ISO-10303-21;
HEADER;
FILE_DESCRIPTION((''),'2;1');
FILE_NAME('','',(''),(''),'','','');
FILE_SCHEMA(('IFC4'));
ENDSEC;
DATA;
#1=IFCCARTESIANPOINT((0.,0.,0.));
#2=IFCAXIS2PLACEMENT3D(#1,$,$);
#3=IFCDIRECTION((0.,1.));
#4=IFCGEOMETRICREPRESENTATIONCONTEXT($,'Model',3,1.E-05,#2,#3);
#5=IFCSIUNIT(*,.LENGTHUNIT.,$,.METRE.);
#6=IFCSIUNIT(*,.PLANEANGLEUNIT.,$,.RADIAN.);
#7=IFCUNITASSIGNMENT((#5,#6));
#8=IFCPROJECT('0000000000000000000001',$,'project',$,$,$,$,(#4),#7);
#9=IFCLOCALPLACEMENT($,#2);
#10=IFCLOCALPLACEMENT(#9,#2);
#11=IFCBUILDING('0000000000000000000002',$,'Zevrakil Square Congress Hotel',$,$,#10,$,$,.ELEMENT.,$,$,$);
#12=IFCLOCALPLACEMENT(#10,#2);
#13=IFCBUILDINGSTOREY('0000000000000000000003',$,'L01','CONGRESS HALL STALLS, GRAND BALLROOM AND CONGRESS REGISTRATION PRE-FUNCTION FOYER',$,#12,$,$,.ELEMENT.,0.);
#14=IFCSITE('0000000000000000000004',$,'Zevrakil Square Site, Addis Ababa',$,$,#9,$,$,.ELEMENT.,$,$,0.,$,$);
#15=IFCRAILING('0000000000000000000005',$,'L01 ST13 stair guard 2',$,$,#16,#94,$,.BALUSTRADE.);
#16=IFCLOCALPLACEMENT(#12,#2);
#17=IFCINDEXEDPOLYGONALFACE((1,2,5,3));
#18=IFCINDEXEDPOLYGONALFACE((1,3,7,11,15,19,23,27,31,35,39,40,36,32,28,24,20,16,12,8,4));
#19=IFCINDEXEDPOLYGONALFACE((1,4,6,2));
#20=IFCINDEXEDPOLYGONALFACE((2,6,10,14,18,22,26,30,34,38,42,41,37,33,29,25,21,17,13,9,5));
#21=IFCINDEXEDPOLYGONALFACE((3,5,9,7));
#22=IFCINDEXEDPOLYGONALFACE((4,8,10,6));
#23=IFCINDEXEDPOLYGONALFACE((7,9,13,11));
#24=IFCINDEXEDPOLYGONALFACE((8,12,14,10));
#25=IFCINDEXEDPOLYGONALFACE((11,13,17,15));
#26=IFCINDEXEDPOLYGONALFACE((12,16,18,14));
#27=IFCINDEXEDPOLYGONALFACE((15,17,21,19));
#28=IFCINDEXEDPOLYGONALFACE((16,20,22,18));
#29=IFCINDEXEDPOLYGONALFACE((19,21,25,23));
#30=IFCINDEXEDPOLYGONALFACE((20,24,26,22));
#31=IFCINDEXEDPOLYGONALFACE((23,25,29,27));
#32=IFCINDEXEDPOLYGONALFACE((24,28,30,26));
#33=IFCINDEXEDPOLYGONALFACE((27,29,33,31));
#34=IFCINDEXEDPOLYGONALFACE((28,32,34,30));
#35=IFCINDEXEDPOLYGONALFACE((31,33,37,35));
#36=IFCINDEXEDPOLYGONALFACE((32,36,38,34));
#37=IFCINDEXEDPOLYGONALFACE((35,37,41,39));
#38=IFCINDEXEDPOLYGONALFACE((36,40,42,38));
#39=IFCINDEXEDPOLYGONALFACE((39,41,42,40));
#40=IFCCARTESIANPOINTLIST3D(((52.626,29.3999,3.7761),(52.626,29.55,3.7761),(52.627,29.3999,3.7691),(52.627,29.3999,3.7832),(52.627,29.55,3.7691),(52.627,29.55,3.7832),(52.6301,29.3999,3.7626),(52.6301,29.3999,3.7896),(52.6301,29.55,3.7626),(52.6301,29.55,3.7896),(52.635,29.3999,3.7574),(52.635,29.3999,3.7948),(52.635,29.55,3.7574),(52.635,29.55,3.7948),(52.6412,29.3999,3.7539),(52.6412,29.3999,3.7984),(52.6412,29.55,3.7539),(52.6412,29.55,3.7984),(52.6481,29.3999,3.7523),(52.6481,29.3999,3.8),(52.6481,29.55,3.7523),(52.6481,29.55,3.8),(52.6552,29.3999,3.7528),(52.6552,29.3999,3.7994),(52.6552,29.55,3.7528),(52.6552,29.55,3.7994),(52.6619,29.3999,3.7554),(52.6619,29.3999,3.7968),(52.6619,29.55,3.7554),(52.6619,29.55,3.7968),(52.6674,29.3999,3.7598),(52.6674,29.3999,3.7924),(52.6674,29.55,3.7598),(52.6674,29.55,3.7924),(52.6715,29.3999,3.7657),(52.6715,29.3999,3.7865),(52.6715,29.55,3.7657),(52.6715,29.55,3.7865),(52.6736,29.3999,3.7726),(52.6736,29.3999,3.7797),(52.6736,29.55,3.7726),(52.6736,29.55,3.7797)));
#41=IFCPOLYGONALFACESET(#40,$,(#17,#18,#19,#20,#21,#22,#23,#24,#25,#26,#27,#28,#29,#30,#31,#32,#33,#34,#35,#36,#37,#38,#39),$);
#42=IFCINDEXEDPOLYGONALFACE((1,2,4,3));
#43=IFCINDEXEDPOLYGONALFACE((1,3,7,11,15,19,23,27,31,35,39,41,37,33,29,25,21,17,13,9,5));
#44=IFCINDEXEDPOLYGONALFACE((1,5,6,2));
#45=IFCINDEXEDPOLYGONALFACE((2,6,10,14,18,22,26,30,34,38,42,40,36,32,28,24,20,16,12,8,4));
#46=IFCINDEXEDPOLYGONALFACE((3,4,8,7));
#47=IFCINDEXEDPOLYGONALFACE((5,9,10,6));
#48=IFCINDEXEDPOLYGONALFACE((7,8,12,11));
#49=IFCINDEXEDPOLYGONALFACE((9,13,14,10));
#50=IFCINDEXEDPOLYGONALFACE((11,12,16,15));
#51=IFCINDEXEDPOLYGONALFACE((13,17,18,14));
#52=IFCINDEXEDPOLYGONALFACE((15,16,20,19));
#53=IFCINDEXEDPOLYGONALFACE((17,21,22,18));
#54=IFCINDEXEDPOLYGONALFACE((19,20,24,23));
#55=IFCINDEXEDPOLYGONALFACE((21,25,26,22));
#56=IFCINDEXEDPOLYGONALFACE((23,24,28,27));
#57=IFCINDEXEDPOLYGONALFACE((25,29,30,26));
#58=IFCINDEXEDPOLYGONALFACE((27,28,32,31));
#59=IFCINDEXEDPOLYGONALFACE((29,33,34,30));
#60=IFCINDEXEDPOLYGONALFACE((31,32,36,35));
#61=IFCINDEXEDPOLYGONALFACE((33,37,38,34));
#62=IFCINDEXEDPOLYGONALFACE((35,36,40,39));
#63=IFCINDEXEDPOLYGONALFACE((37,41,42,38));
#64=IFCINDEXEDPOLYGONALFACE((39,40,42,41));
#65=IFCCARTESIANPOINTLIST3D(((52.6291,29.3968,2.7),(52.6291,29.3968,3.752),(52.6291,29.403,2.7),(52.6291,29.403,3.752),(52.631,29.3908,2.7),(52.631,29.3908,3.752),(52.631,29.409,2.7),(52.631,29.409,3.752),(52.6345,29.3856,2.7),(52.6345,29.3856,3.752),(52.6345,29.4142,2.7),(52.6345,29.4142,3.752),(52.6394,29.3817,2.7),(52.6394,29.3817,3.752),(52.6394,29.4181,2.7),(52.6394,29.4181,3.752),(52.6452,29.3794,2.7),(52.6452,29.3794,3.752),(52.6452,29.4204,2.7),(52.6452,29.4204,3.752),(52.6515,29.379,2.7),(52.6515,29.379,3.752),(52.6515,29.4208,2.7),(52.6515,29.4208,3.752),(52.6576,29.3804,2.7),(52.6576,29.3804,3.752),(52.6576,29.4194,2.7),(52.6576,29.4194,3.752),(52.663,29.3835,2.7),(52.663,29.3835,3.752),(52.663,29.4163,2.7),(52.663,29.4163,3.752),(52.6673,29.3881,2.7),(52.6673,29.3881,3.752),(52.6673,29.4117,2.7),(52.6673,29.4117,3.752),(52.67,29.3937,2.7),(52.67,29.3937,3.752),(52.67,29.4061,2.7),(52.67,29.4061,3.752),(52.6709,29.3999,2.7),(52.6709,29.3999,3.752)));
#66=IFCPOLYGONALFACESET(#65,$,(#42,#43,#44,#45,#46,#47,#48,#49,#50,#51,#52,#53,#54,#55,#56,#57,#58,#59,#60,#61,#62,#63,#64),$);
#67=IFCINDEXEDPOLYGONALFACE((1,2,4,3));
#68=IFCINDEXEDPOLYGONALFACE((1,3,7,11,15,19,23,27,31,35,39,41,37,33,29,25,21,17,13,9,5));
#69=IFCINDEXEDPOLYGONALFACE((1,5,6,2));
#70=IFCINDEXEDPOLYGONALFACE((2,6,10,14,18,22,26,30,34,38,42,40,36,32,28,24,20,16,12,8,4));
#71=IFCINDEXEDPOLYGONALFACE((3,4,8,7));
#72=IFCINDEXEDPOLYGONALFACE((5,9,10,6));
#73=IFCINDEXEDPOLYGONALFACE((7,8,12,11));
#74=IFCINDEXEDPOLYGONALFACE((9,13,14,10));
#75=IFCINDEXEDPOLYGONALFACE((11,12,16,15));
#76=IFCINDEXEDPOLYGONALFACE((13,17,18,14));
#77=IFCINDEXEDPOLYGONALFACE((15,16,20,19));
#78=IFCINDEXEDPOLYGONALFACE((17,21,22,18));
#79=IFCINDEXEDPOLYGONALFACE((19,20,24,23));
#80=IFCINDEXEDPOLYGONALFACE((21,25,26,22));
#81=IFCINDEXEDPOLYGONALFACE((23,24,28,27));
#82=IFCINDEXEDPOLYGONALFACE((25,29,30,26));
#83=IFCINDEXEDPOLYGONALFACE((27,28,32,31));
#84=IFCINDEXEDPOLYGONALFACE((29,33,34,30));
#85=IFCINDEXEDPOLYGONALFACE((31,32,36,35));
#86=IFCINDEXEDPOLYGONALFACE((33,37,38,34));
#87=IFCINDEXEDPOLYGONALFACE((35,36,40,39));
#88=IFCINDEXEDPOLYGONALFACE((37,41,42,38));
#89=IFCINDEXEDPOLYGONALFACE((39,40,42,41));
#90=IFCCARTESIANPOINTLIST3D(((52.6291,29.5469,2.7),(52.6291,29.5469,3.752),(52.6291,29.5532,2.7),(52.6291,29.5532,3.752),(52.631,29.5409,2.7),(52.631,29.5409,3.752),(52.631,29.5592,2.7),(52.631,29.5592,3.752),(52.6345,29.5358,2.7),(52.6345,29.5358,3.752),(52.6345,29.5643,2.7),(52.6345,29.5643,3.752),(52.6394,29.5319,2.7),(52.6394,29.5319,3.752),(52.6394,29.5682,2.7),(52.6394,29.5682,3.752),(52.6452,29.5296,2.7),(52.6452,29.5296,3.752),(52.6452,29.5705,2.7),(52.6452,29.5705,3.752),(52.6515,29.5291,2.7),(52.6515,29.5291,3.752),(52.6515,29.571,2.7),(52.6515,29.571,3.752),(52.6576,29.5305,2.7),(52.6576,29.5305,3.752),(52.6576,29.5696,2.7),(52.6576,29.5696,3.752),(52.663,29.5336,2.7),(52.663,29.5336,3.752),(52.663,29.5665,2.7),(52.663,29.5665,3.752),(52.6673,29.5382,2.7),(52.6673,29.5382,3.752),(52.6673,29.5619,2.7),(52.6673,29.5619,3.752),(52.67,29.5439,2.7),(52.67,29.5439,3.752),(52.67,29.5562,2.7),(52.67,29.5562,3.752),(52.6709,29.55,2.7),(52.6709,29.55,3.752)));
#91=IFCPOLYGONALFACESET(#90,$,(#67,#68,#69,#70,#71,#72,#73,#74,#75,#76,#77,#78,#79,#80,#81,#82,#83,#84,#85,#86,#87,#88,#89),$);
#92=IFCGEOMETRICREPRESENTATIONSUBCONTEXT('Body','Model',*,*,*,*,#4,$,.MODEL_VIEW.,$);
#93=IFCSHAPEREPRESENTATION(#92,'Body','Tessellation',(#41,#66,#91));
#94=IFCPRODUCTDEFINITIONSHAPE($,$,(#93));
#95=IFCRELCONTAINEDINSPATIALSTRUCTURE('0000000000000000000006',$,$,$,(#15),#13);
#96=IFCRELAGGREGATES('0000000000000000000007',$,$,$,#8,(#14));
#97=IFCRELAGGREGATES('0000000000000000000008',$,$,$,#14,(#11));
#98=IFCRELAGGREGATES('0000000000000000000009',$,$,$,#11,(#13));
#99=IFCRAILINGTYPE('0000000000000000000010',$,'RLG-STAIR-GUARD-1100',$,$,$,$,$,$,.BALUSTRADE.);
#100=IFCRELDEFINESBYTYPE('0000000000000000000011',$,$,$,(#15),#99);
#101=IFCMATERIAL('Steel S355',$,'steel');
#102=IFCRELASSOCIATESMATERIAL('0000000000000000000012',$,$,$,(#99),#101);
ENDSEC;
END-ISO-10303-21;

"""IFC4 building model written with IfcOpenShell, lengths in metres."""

from ifc_helpers import new_model, si_unit, direction, frame, origin, origin_2d, place, context, subcontext, project, spatial, circle, extrude, material, type_object, element, save


model = new_model("IFC4")

# Units and contexts
model_context = context("Model", 3, precision=1e-05, world=origin(), true_north=direction((0.0, 1.0)))
body_context = subcontext(model_context, "Body", "Model", "MODEL_VIEW")
ifc_project = project(units=[si_unit("LENGTHUNIT", "METRE"), si_unit("PLANEANGLEUNIT", "RADIAN")], contexts=[model_context])

# Site, building, storey
site_placement = place(None, origin())
site = spatial("IfcSite", under=ifc_project, at=site_placement, Name="Zevrakil Square Site, Addis Ababa", CompositionType="ELEMENT", RefElevation=0.0)
building_placement = place(site_placement, origin())
building = spatial("IfcBuilding", under=site, at=building_placement, Name="Zevrakil Square Congress Hotel", CompositionType="ELEMENT")
storey_placement = place(building_placement, origin())
storey = spatial("IfcBuildingStorey", under=building, at=storey_placement, Name="L01", Description="CONGRESS HALL STALLS, GRAND BALLROOM AND CONGRESS REGISTRATION PRE-FUNCTION FOYER", CompositionType="ELEMENT", Elevation=0.0)

# Railing
ifc_material_1 = material(Name="Steel S355", Category="steel")
railing_type_1 = type_object("IfcRailingType", Name="RLG-STAIR-GUARD-1100", PredefinedType="BALUSTRADE", material=ifc_material_1)
railing_1_placement = place(storey_placement, frame((52.6499, 29.3999, 2.7)))
element("IfcRailing", 1, at=railing_1_placement, inside=storey, type_object=railing_type_1, Name="L01 ST13 stair guard 2", PredefinedType="BALUSTRADE", context=body_context, shape_type="SweptSolid", body=[
    extrude(circle(Radius=0.0239, at=origin_2d()), frame((0.0, 0.0, 1.0762), z_axis=(0.0, 1.0, 0.0), x_axis=(-1.0, 0.0, 0.0)), (0.0, 0.0, 1.0), 0.1501),
    extrude(circle(Radius=0.021, at=origin_2d()), origin(), (0.0, 0.0, 1.0), 1.052),
    extrude(circle(Radius=0.021, at=origin_2d()), frame((0.0, 0.1501, 0.0)), (0.0, 0.0, 1.0), 1.052),
])

save(model, "model.ifc")
